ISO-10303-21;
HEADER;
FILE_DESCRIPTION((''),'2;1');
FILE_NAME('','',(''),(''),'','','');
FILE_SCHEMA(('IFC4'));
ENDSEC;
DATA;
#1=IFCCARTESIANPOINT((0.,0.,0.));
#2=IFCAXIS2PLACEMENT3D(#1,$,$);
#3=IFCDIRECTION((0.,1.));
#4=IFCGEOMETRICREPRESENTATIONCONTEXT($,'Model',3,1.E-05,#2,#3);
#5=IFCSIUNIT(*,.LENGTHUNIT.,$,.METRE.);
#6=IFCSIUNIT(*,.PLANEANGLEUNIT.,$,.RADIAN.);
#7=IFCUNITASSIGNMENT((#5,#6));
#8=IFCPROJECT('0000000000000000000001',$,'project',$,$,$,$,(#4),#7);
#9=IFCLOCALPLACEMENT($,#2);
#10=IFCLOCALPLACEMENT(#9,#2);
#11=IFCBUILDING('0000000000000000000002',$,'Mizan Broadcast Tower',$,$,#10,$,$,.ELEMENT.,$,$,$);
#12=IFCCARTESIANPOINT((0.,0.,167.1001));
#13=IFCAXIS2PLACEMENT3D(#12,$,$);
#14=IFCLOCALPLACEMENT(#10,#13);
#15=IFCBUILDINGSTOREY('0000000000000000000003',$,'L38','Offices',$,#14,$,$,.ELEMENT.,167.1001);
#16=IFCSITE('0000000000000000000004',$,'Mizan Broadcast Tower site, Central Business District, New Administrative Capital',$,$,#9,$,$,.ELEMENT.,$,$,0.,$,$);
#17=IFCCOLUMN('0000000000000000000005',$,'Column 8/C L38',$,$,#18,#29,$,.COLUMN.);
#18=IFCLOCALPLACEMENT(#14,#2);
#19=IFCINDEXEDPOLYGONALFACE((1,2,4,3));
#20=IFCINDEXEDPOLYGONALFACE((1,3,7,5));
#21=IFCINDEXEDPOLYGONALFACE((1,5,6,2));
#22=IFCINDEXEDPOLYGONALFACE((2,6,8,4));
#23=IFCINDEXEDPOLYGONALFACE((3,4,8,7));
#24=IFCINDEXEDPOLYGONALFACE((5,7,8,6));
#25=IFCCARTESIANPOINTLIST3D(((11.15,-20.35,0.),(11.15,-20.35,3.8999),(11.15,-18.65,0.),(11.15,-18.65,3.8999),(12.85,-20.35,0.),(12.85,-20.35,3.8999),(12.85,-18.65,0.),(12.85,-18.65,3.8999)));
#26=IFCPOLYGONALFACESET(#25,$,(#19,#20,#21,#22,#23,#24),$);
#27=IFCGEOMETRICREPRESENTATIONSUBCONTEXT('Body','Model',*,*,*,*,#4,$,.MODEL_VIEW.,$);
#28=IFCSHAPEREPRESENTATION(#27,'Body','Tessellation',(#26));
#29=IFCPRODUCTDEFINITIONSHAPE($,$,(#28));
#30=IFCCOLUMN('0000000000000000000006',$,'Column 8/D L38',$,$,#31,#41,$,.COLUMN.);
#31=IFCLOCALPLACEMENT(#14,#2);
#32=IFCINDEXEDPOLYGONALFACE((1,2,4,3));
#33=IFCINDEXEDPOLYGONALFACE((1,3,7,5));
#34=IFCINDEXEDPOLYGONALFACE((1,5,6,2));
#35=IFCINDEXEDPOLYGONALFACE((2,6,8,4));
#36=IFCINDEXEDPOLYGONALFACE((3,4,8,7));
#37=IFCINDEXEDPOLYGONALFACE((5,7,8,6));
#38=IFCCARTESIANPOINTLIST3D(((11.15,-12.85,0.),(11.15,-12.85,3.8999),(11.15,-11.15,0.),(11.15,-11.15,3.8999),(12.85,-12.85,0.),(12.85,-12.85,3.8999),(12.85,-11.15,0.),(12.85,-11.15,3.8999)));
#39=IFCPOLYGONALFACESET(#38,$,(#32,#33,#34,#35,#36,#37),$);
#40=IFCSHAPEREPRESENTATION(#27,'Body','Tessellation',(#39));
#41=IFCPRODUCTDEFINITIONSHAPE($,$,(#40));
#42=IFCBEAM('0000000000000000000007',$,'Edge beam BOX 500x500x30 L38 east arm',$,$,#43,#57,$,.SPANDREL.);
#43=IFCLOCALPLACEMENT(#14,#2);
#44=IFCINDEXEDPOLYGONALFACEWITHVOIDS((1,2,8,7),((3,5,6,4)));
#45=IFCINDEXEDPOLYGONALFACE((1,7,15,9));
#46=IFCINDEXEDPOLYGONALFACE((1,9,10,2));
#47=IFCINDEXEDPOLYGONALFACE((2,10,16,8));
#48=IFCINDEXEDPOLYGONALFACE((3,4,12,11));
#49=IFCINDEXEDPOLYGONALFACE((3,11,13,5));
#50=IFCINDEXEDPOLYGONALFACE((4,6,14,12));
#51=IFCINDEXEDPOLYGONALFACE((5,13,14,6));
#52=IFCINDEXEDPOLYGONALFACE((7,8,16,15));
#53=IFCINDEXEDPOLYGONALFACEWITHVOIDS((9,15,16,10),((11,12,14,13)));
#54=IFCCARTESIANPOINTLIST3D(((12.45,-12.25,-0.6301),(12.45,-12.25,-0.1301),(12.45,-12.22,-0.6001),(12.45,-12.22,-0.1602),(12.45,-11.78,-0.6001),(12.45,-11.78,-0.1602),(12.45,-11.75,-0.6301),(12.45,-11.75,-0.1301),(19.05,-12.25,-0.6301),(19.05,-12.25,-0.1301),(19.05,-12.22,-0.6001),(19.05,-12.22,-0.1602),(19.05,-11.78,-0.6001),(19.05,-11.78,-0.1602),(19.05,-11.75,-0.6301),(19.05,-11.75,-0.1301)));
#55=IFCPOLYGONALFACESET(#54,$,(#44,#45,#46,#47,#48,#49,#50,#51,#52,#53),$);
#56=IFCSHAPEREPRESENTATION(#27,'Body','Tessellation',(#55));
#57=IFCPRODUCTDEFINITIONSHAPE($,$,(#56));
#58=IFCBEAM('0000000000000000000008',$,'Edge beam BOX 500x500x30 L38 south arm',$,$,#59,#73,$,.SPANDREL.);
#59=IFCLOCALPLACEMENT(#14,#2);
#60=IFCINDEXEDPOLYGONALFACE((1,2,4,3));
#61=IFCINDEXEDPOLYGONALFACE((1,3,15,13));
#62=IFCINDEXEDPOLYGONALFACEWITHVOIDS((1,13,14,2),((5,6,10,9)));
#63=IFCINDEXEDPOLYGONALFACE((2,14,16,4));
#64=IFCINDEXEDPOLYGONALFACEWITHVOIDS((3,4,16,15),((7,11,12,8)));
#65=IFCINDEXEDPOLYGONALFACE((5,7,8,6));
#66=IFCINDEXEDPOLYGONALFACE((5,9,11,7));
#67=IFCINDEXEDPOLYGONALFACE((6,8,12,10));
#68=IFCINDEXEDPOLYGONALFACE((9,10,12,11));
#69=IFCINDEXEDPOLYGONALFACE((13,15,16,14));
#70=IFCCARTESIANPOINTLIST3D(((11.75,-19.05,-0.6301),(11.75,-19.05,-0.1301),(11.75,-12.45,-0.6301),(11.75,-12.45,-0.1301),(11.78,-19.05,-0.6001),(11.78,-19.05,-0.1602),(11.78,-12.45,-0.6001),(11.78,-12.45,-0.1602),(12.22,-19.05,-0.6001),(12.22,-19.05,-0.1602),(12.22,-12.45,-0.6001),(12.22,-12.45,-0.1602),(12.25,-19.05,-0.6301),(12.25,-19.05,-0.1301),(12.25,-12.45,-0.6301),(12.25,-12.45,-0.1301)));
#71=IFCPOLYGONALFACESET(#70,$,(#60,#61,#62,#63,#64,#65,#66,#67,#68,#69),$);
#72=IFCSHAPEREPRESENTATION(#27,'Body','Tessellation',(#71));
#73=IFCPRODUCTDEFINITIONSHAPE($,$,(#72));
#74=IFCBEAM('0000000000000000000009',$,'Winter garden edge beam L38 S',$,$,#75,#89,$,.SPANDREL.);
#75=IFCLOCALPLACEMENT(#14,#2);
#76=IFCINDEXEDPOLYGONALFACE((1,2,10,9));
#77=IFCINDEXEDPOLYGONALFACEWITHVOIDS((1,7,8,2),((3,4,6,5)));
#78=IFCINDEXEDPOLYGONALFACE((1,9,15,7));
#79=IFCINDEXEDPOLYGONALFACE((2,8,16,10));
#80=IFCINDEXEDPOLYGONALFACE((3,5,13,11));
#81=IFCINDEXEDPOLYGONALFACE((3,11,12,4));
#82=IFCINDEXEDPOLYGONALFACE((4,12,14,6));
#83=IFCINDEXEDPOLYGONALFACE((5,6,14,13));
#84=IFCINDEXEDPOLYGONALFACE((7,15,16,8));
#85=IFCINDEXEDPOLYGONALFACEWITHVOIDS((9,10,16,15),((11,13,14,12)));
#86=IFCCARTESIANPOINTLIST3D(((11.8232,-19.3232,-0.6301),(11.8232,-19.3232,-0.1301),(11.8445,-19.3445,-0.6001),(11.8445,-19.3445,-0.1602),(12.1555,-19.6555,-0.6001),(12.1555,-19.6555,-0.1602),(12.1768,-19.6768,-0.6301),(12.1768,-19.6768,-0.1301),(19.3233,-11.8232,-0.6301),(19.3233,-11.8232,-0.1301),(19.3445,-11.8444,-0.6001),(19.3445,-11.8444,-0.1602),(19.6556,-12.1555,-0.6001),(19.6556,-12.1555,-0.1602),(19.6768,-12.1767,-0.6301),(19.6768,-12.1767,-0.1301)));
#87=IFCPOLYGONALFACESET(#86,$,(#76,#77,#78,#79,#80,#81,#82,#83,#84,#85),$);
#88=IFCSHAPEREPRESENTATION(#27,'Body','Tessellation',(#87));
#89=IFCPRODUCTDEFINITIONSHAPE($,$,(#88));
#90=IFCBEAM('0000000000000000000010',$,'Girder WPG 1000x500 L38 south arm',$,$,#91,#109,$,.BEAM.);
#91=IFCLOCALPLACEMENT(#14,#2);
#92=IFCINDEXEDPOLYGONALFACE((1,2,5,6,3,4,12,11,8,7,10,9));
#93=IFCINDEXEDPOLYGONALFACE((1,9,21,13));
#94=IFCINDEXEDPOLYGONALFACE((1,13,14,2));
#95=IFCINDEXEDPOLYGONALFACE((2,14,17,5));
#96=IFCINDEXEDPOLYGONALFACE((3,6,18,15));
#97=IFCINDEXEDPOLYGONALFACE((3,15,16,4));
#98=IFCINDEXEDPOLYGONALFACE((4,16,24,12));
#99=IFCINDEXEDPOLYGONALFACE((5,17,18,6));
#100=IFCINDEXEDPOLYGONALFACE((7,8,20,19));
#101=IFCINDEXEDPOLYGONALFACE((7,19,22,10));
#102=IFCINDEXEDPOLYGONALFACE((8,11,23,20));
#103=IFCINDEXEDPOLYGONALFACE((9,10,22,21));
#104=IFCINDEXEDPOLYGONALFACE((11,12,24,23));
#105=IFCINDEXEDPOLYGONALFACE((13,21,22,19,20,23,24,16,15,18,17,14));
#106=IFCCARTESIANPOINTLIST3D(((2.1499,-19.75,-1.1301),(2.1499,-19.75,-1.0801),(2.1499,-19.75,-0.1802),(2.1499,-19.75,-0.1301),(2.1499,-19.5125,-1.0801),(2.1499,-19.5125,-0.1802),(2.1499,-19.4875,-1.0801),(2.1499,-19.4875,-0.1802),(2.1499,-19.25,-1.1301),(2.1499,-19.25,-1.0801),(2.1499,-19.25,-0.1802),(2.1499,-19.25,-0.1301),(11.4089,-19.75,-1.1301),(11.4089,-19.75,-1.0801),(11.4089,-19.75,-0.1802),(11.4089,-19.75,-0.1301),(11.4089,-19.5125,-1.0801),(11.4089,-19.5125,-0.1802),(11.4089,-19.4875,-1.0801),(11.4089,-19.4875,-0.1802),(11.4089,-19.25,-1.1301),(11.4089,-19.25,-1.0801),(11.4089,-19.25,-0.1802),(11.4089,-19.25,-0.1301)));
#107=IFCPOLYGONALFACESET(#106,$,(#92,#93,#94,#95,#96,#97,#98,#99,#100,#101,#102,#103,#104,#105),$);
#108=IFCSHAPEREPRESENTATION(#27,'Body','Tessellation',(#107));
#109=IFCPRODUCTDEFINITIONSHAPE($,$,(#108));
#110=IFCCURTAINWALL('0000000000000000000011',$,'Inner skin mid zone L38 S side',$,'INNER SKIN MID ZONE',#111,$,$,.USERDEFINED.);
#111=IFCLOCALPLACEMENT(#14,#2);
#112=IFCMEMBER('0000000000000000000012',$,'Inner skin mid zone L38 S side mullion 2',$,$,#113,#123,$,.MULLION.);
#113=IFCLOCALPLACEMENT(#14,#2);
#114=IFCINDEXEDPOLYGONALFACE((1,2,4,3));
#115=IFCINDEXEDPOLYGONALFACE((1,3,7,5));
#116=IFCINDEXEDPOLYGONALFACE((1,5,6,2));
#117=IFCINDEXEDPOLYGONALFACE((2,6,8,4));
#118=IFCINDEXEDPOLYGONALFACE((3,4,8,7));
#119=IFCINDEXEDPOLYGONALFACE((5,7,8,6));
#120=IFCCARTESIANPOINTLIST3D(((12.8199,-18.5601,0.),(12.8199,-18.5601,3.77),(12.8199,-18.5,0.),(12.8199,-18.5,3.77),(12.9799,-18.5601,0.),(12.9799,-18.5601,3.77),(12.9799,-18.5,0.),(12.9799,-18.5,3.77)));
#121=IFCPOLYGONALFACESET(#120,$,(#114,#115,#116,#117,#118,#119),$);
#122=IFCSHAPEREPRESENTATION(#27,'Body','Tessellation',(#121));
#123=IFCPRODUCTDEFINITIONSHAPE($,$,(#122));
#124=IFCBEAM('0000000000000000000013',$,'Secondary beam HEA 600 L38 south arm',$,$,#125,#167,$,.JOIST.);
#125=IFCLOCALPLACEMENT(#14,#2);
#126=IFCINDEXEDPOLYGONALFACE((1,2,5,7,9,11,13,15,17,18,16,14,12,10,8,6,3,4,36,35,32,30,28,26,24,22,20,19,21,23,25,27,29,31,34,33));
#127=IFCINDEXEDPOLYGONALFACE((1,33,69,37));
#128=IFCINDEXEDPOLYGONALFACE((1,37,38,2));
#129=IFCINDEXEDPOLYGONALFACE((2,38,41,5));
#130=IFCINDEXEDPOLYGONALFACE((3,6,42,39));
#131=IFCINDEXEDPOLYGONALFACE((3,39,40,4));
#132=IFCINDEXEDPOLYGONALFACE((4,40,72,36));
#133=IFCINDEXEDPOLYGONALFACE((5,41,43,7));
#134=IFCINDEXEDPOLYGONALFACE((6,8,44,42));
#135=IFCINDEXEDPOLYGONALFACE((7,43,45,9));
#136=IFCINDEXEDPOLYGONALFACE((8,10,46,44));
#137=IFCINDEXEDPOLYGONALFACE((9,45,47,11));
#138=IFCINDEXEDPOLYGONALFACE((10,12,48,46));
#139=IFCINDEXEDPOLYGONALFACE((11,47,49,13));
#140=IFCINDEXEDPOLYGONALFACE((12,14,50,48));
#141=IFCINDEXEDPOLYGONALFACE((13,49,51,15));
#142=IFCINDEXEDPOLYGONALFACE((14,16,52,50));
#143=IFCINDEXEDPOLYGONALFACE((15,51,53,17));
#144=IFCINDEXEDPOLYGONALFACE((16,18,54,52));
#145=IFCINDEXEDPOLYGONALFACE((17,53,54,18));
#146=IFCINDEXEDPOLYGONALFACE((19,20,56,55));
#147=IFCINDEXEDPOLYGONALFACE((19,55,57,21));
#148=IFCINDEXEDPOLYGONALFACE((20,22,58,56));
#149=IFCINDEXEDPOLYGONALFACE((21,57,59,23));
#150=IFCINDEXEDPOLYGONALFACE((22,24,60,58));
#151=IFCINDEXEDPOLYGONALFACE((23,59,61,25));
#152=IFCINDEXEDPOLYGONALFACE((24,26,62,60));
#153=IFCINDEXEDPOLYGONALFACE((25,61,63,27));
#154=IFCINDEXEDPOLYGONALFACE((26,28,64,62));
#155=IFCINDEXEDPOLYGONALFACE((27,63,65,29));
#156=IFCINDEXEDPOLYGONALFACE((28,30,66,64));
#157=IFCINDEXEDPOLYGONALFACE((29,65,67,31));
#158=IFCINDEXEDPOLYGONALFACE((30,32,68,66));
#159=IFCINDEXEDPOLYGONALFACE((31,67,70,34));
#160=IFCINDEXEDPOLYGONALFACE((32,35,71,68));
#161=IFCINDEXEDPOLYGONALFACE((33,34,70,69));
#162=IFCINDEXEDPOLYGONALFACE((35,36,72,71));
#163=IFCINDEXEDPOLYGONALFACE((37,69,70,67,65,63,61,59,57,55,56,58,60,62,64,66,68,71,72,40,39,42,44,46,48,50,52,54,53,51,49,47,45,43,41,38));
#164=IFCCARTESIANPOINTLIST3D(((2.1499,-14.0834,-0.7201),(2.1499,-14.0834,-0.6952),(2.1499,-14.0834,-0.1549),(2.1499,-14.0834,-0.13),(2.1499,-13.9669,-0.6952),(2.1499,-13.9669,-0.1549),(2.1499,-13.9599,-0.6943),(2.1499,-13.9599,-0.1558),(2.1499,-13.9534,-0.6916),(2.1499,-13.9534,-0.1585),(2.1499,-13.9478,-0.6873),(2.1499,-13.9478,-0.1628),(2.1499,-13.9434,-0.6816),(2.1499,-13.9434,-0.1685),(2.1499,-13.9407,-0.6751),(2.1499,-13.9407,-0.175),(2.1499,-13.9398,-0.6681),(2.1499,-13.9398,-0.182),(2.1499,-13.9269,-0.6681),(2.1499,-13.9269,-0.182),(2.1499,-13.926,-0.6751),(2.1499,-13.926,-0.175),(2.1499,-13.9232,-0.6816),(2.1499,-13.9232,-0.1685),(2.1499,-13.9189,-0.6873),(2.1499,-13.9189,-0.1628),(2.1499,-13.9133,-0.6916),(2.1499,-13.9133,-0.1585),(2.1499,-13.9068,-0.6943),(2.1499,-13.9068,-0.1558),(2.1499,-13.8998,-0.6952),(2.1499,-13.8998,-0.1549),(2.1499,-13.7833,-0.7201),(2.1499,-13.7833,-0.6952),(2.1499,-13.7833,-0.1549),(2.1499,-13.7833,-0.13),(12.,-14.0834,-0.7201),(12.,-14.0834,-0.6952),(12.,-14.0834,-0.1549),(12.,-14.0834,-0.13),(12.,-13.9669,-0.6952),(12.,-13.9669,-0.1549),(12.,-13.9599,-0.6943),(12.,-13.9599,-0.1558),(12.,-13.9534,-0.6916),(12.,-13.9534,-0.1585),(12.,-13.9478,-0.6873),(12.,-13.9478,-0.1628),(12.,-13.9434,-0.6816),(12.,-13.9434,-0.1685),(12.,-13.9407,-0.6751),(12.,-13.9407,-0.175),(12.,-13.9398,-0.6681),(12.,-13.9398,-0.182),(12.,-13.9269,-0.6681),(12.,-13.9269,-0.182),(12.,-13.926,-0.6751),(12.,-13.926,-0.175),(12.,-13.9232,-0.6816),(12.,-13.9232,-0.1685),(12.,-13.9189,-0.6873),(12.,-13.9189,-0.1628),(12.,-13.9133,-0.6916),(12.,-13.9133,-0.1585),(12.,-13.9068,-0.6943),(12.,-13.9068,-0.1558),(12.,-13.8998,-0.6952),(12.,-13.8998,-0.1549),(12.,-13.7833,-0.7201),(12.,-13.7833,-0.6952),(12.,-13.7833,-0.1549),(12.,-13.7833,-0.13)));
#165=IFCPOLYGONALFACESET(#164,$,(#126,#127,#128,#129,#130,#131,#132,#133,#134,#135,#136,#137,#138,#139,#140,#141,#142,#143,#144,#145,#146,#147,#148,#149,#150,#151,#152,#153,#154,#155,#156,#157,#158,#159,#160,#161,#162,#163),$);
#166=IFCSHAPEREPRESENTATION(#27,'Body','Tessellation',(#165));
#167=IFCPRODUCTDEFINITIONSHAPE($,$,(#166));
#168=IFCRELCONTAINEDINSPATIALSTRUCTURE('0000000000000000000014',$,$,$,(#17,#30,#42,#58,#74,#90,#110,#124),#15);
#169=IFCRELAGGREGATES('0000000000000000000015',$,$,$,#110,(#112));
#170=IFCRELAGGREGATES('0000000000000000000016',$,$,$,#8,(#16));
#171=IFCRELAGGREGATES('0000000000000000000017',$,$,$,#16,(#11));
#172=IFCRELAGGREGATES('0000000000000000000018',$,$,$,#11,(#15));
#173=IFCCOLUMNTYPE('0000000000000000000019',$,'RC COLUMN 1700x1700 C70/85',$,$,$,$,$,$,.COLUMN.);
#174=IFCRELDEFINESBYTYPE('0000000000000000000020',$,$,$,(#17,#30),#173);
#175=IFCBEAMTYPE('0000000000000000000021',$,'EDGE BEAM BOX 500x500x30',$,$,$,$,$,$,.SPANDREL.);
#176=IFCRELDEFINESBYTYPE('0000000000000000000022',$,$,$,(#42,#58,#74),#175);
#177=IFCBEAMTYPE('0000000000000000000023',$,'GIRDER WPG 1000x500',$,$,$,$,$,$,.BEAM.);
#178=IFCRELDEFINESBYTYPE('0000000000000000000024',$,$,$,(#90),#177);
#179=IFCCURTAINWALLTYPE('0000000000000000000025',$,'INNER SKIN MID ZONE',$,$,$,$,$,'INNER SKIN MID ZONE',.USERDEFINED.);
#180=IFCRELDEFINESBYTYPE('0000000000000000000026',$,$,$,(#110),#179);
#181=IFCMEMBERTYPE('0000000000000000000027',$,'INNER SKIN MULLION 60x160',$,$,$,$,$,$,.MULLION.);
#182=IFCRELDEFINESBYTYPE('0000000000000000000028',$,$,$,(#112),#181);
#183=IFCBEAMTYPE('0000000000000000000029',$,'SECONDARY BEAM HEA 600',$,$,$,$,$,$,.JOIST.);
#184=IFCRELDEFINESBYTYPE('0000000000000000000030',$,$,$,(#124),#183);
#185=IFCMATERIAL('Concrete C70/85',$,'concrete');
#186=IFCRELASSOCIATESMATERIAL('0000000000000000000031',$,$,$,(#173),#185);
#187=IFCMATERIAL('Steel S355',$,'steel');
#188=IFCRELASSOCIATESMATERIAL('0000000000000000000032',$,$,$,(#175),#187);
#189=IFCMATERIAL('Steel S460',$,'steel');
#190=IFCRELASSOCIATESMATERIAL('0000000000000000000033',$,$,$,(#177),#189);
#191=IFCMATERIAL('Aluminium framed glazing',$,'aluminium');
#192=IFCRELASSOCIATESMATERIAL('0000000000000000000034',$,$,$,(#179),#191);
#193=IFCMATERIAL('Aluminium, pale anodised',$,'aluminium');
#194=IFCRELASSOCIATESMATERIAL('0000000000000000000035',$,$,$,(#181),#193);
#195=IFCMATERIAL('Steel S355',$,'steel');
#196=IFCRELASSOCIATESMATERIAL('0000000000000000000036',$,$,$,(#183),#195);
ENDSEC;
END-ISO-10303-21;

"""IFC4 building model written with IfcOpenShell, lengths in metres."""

from ifc_helpers import new_model, si_unit, direction, frame, origin, origin_2d, place, context, subcontext, project, spatial, rectangle, hollow_rectangle, i_section, extrude, material, material_profile, profile_set, type_object, element, aggregate, save


model = new_model("IFC4")

# Units and contexts
model_context = context("Model", 3, precision=1e-05, world=origin(), true_north=direction((0.0, 1.0)))
body_context = subcontext(model_context, "Body", "Model", "MODEL_VIEW")
ifc_project = project(units=[si_unit("LENGTHUNIT", "METRE"), si_unit("PLANEANGLEUNIT", "RADIAN")], contexts=[model_context])

# Site, building, storey
site_placement = place(None, origin())
site = spatial("IfcSite", under=ifc_project, at=site_placement, Name="Mizan Broadcast Tower site, Central Business District, New Administrative Capital", CompositionType="ELEMENT", RefElevation=0.0)
building_placement = place(site_placement, origin())
building = spatial("IfcBuilding", under=site, at=building_placement, Name="Mizan Broadcast Tower", CompositionType="ELEMENT")
storey_placement = place(building_placement, frame((0.0, 0.0, 167.1001)))
storey = spatial("IfcBuildingStorey", under=building, at=storey_placement, Name="L38", Description="Offices", CompositionType="ELEMENT", Elevation=167.1001)

# Columns
ifc_material_1 = material(Name="Concrete C70/85", Category="concrete")
ifc_material_profile_1 = material_profile(ifc_material_1, rectangle(XDim=1.7, YDim=1.7, at=origin_2d()), Name="RC 1700x1700")
ifc_profile_set_1 = profile_set([ifc_material_profile_1], Name="Concrete C70/85")
column_type = type_object("IfcColumnType", Name="RC COLUMN 1700x1700 C70/85", PredefinedType="COLUMN", material=ifc_profile_set_1)
for number, where, z_axis, x_axis, name in (
    (1, (12.0, -19.5, 0.0), (0.0, 0.0, 1.0), (1.0, 0.0, 0.0), "Column 8/C L38"),
    (2, (12.0, -12.0, 0.0), (0.0, 0.0, 1.0), (1.0, 0.0, 0.0), "Column 8/D L38"),
):
    element("IfcColumn", number, at=place(storey_placement, frame(where, z_axis=z_axis, x_axis=x_axis)), inside=storey, type_object=column_type, Name=name, PredefinedType="COLUMN", context=body_context, shape_type="SweptSolid", body=[
        extrude(rectangle(XDim=1.7, YDim=1.7, at=origin_2d()), origin(), (0.0, 0.0, 1.0), 3.8999),
    ])

# Beams
ifc_material_2 = material(Name="Steel S355", Category="steel")
ifc_material_profile_2 = material_profile(ifc_material_2, hollow_rectangle(XDim=0.5, YDim=0.5, WallThickness=0.03, at=origin_2d()), Name="BOX 500x500x30")
ifc_profile_set_2 = profile_set([ifc_material_profile_2], Name="Steel S355")
beam_type_1 = type_object("IfcBeamType", Name="EDGE BEAM BOX 500x500x30", PredefinedType="SPANDREL", material=ifc_profile_set_2)
for number, where, z_axis, x_axis, name in (
    (3, (12.45, -12.0, -0.3801), (1.0, 0.0, 0.0), (0.0, 1.0, 0.0), "Edge beam BOX 500x500x30 L38 east arm"),
    (4, (12.0, -12.45, -0.3801), (0.0, -1.0, 0.0), (1.0, 0.0, 0.0), "Edge beam BOX 500x500x30 L38 south arm"),
):
    element("IfcBeam", number, at=place(storey_placement, frame(where, z_axis=z_axis, x_axis=x_axis)), inside=storey, type_object=beam_type_1, Name=name, PredefinedType="SPANDREL", context=body_context, shape_type="SweptSolid", body=[
        extrude(hollow_rectangle(XDim=0.5, YDim=0.5, WallThickness=0.03, at=origin_2d()), origin(), (0.0, 0.0, 1.0), 6.6001),
    ])
beam_1_placement = place(storey_placement, frame((12.0, -19.5, -0.3801), z_axis=(0.707107, 0.707107, 0.0), x_axis=(-0.707107, 0.707107, 0.0)))
element("IfcBeam", 5, at=beam_1_placement, inside=storey, type_object=beam_type_1, Name="Winter garden edge beam L38 S", PredefinedType="SPANDREL", context=body_context, shape_type="SweptSolid", body=[
    extrude(hollow_rectangle(XDim=0.5, YDim=0.5, WallThickness=0.03, at=origin_2d()), origin(), (0.0, 0.0, 1.0), 10.6067),
])
ifc_material_3 = material(Name="Steel S460", Category="steel")
ifc_material_profile_3 = material_profile(ifc_material_3, i_section(OverallWidth=0.5, OverallDepth=1.0, WebThickness=0.0249, FlangeThickness=0.05, at=origin_2d()), Name="WPG 1000x500")
ifc_profile_set_3 = profile_set([ifc_material_profile_3], Name="Steel S460")
beam_type_2 = type_object("IfcBeamType", Name="GIRDER WPG 1000x500", PredefinedType="BEAM", material=ifc_profile_set_3)
beam_2_placement = place(storey_placement, frame((11.4089, -19.5, -0.6301), z_axis=(-1.0, 0.0, 0.0), x_axis=(0.0, -1.0, 0.0)))
element("IfcBeam", 6, at=beam_2_placement, inside=storey, type_object=beam_type_2, Name="Girder WPG 1000x500 L38 south arm", PredefinedType="BEAM", context=body_context, shape_type="SweptSolid", body=[
    extrude(i_section(OverallWidth=0.5, OverallDepth=1.0, WebThickness=0.0249, FlangeThickness=0.05, at=origin_2d()), origin(), (0.0, 0.0, 1.0), 9.259),
])

# Curtain wall, member
ifc_material_4 = material(Name="Aluminium framed glazing", Category="aluminium")
curtain_wall_type = type_object("IfcCurtainWallType", Name="INNER SKIN MID ZONE", ElementType="INNER SKIN MID ZONE", PredefinedType="USERDEFINED", material=ifc_material_4)
curtain_wall_placement = place(storey_placement, origin())
curtain_wall = element("IfcCurtainWall", 7, at=curtain_wall_placement, inside=storey, type_object=curtain_wall_type, Name="Inner skin mid zone L38 S side", ObjectType="INNER SKIN MID ZONE", PredefinedType="USERDEFINED")
ifc_material_5 = material(Name="Aluminium, pale anodised", Category="aluminium")
ifc_material_profile_4 = material_profile(ifc_material_5, rectangle(XDim=0.1599, YDim=0.0601, at=origin_2d()), Name="MULLION 160x60")
ifc_profile_set_4 = profile_set([ifc_material_profile_4], Name="Aluminium, pale anodised")
member_type = type_object("IfcMemberType", Name="INNER SKIN MULLION 60x160", PredefinedType="MULLION", material=ifc_profile_set_4)
member_placement = place(storey_placement, frame((12.8999, -18.53, 0.0), z_axis=(0.0, 0.0, 1.0), x_axis=(-1.0, 0.0, 0.0)))
member = element("IfcMember", 8, at=member_placement, type_object=member_type, Name="Inner skin mid zone L38 S side mullion 2", PredefinedType="MULLION", context=body_context, shape_type="SweptSolid", body=[
    extrude(rectangle(XDim=0.1599, YDim=0.0601, at=origin_2d()), origin(), (0.0, 0.0, 1.0), 3.77),
])
aggregate(curtain_wall, [member])

# Beam
ifc_material_6 = material(Name="Steel S355", Category="steel")
ifc_material_profile_5 = material_profile(ifc_material_6, i_section(OverallWidth=0.3, OverallDepth=0.5901, WebThickness=0.0129, FlangeThickness=0.0249, FilletRadius=0.0271, at=origin_2d()), Name="HEA 600")
ifc_profile_set_5 = profile_set([ifc_material_profile_5], Name="Steel S355")
beam_type_3 = type_object("IfcBeamType", Name="SECONDARY BEAM HEA 600", PredefinedType="JOIST", material=ifc_profile_set_5)
for number, where, z_axis, x_axis, name in (
    (9, (12.0, -13.9333, -0.425), (-1.0, 0.0, 0.0), (0.0, -1.0, 0.0), "Secondary beam HEA 600 L38 south arm"),
):
    element("IfcBeam", number, at=place(storey_placement, frame(where, z_axis=z_axis, x_axis=x_axis)), inside=storey, type_object=beam_type_3, Name=name, PredefinedType="JOIST", context=body_context, shape_type="SweptSolid", body=[
        extrude(i_section(OverallWidth=0.3, OverallDepth=0.5901, WebThickness=0.0129, FlangeThickness=0.0249, FilletRadius=0.0271, at=origin_2d()), origin(), (0.0, 0.0, 1.0), 9.8501),
    ])

save(model, "model.ifc")
